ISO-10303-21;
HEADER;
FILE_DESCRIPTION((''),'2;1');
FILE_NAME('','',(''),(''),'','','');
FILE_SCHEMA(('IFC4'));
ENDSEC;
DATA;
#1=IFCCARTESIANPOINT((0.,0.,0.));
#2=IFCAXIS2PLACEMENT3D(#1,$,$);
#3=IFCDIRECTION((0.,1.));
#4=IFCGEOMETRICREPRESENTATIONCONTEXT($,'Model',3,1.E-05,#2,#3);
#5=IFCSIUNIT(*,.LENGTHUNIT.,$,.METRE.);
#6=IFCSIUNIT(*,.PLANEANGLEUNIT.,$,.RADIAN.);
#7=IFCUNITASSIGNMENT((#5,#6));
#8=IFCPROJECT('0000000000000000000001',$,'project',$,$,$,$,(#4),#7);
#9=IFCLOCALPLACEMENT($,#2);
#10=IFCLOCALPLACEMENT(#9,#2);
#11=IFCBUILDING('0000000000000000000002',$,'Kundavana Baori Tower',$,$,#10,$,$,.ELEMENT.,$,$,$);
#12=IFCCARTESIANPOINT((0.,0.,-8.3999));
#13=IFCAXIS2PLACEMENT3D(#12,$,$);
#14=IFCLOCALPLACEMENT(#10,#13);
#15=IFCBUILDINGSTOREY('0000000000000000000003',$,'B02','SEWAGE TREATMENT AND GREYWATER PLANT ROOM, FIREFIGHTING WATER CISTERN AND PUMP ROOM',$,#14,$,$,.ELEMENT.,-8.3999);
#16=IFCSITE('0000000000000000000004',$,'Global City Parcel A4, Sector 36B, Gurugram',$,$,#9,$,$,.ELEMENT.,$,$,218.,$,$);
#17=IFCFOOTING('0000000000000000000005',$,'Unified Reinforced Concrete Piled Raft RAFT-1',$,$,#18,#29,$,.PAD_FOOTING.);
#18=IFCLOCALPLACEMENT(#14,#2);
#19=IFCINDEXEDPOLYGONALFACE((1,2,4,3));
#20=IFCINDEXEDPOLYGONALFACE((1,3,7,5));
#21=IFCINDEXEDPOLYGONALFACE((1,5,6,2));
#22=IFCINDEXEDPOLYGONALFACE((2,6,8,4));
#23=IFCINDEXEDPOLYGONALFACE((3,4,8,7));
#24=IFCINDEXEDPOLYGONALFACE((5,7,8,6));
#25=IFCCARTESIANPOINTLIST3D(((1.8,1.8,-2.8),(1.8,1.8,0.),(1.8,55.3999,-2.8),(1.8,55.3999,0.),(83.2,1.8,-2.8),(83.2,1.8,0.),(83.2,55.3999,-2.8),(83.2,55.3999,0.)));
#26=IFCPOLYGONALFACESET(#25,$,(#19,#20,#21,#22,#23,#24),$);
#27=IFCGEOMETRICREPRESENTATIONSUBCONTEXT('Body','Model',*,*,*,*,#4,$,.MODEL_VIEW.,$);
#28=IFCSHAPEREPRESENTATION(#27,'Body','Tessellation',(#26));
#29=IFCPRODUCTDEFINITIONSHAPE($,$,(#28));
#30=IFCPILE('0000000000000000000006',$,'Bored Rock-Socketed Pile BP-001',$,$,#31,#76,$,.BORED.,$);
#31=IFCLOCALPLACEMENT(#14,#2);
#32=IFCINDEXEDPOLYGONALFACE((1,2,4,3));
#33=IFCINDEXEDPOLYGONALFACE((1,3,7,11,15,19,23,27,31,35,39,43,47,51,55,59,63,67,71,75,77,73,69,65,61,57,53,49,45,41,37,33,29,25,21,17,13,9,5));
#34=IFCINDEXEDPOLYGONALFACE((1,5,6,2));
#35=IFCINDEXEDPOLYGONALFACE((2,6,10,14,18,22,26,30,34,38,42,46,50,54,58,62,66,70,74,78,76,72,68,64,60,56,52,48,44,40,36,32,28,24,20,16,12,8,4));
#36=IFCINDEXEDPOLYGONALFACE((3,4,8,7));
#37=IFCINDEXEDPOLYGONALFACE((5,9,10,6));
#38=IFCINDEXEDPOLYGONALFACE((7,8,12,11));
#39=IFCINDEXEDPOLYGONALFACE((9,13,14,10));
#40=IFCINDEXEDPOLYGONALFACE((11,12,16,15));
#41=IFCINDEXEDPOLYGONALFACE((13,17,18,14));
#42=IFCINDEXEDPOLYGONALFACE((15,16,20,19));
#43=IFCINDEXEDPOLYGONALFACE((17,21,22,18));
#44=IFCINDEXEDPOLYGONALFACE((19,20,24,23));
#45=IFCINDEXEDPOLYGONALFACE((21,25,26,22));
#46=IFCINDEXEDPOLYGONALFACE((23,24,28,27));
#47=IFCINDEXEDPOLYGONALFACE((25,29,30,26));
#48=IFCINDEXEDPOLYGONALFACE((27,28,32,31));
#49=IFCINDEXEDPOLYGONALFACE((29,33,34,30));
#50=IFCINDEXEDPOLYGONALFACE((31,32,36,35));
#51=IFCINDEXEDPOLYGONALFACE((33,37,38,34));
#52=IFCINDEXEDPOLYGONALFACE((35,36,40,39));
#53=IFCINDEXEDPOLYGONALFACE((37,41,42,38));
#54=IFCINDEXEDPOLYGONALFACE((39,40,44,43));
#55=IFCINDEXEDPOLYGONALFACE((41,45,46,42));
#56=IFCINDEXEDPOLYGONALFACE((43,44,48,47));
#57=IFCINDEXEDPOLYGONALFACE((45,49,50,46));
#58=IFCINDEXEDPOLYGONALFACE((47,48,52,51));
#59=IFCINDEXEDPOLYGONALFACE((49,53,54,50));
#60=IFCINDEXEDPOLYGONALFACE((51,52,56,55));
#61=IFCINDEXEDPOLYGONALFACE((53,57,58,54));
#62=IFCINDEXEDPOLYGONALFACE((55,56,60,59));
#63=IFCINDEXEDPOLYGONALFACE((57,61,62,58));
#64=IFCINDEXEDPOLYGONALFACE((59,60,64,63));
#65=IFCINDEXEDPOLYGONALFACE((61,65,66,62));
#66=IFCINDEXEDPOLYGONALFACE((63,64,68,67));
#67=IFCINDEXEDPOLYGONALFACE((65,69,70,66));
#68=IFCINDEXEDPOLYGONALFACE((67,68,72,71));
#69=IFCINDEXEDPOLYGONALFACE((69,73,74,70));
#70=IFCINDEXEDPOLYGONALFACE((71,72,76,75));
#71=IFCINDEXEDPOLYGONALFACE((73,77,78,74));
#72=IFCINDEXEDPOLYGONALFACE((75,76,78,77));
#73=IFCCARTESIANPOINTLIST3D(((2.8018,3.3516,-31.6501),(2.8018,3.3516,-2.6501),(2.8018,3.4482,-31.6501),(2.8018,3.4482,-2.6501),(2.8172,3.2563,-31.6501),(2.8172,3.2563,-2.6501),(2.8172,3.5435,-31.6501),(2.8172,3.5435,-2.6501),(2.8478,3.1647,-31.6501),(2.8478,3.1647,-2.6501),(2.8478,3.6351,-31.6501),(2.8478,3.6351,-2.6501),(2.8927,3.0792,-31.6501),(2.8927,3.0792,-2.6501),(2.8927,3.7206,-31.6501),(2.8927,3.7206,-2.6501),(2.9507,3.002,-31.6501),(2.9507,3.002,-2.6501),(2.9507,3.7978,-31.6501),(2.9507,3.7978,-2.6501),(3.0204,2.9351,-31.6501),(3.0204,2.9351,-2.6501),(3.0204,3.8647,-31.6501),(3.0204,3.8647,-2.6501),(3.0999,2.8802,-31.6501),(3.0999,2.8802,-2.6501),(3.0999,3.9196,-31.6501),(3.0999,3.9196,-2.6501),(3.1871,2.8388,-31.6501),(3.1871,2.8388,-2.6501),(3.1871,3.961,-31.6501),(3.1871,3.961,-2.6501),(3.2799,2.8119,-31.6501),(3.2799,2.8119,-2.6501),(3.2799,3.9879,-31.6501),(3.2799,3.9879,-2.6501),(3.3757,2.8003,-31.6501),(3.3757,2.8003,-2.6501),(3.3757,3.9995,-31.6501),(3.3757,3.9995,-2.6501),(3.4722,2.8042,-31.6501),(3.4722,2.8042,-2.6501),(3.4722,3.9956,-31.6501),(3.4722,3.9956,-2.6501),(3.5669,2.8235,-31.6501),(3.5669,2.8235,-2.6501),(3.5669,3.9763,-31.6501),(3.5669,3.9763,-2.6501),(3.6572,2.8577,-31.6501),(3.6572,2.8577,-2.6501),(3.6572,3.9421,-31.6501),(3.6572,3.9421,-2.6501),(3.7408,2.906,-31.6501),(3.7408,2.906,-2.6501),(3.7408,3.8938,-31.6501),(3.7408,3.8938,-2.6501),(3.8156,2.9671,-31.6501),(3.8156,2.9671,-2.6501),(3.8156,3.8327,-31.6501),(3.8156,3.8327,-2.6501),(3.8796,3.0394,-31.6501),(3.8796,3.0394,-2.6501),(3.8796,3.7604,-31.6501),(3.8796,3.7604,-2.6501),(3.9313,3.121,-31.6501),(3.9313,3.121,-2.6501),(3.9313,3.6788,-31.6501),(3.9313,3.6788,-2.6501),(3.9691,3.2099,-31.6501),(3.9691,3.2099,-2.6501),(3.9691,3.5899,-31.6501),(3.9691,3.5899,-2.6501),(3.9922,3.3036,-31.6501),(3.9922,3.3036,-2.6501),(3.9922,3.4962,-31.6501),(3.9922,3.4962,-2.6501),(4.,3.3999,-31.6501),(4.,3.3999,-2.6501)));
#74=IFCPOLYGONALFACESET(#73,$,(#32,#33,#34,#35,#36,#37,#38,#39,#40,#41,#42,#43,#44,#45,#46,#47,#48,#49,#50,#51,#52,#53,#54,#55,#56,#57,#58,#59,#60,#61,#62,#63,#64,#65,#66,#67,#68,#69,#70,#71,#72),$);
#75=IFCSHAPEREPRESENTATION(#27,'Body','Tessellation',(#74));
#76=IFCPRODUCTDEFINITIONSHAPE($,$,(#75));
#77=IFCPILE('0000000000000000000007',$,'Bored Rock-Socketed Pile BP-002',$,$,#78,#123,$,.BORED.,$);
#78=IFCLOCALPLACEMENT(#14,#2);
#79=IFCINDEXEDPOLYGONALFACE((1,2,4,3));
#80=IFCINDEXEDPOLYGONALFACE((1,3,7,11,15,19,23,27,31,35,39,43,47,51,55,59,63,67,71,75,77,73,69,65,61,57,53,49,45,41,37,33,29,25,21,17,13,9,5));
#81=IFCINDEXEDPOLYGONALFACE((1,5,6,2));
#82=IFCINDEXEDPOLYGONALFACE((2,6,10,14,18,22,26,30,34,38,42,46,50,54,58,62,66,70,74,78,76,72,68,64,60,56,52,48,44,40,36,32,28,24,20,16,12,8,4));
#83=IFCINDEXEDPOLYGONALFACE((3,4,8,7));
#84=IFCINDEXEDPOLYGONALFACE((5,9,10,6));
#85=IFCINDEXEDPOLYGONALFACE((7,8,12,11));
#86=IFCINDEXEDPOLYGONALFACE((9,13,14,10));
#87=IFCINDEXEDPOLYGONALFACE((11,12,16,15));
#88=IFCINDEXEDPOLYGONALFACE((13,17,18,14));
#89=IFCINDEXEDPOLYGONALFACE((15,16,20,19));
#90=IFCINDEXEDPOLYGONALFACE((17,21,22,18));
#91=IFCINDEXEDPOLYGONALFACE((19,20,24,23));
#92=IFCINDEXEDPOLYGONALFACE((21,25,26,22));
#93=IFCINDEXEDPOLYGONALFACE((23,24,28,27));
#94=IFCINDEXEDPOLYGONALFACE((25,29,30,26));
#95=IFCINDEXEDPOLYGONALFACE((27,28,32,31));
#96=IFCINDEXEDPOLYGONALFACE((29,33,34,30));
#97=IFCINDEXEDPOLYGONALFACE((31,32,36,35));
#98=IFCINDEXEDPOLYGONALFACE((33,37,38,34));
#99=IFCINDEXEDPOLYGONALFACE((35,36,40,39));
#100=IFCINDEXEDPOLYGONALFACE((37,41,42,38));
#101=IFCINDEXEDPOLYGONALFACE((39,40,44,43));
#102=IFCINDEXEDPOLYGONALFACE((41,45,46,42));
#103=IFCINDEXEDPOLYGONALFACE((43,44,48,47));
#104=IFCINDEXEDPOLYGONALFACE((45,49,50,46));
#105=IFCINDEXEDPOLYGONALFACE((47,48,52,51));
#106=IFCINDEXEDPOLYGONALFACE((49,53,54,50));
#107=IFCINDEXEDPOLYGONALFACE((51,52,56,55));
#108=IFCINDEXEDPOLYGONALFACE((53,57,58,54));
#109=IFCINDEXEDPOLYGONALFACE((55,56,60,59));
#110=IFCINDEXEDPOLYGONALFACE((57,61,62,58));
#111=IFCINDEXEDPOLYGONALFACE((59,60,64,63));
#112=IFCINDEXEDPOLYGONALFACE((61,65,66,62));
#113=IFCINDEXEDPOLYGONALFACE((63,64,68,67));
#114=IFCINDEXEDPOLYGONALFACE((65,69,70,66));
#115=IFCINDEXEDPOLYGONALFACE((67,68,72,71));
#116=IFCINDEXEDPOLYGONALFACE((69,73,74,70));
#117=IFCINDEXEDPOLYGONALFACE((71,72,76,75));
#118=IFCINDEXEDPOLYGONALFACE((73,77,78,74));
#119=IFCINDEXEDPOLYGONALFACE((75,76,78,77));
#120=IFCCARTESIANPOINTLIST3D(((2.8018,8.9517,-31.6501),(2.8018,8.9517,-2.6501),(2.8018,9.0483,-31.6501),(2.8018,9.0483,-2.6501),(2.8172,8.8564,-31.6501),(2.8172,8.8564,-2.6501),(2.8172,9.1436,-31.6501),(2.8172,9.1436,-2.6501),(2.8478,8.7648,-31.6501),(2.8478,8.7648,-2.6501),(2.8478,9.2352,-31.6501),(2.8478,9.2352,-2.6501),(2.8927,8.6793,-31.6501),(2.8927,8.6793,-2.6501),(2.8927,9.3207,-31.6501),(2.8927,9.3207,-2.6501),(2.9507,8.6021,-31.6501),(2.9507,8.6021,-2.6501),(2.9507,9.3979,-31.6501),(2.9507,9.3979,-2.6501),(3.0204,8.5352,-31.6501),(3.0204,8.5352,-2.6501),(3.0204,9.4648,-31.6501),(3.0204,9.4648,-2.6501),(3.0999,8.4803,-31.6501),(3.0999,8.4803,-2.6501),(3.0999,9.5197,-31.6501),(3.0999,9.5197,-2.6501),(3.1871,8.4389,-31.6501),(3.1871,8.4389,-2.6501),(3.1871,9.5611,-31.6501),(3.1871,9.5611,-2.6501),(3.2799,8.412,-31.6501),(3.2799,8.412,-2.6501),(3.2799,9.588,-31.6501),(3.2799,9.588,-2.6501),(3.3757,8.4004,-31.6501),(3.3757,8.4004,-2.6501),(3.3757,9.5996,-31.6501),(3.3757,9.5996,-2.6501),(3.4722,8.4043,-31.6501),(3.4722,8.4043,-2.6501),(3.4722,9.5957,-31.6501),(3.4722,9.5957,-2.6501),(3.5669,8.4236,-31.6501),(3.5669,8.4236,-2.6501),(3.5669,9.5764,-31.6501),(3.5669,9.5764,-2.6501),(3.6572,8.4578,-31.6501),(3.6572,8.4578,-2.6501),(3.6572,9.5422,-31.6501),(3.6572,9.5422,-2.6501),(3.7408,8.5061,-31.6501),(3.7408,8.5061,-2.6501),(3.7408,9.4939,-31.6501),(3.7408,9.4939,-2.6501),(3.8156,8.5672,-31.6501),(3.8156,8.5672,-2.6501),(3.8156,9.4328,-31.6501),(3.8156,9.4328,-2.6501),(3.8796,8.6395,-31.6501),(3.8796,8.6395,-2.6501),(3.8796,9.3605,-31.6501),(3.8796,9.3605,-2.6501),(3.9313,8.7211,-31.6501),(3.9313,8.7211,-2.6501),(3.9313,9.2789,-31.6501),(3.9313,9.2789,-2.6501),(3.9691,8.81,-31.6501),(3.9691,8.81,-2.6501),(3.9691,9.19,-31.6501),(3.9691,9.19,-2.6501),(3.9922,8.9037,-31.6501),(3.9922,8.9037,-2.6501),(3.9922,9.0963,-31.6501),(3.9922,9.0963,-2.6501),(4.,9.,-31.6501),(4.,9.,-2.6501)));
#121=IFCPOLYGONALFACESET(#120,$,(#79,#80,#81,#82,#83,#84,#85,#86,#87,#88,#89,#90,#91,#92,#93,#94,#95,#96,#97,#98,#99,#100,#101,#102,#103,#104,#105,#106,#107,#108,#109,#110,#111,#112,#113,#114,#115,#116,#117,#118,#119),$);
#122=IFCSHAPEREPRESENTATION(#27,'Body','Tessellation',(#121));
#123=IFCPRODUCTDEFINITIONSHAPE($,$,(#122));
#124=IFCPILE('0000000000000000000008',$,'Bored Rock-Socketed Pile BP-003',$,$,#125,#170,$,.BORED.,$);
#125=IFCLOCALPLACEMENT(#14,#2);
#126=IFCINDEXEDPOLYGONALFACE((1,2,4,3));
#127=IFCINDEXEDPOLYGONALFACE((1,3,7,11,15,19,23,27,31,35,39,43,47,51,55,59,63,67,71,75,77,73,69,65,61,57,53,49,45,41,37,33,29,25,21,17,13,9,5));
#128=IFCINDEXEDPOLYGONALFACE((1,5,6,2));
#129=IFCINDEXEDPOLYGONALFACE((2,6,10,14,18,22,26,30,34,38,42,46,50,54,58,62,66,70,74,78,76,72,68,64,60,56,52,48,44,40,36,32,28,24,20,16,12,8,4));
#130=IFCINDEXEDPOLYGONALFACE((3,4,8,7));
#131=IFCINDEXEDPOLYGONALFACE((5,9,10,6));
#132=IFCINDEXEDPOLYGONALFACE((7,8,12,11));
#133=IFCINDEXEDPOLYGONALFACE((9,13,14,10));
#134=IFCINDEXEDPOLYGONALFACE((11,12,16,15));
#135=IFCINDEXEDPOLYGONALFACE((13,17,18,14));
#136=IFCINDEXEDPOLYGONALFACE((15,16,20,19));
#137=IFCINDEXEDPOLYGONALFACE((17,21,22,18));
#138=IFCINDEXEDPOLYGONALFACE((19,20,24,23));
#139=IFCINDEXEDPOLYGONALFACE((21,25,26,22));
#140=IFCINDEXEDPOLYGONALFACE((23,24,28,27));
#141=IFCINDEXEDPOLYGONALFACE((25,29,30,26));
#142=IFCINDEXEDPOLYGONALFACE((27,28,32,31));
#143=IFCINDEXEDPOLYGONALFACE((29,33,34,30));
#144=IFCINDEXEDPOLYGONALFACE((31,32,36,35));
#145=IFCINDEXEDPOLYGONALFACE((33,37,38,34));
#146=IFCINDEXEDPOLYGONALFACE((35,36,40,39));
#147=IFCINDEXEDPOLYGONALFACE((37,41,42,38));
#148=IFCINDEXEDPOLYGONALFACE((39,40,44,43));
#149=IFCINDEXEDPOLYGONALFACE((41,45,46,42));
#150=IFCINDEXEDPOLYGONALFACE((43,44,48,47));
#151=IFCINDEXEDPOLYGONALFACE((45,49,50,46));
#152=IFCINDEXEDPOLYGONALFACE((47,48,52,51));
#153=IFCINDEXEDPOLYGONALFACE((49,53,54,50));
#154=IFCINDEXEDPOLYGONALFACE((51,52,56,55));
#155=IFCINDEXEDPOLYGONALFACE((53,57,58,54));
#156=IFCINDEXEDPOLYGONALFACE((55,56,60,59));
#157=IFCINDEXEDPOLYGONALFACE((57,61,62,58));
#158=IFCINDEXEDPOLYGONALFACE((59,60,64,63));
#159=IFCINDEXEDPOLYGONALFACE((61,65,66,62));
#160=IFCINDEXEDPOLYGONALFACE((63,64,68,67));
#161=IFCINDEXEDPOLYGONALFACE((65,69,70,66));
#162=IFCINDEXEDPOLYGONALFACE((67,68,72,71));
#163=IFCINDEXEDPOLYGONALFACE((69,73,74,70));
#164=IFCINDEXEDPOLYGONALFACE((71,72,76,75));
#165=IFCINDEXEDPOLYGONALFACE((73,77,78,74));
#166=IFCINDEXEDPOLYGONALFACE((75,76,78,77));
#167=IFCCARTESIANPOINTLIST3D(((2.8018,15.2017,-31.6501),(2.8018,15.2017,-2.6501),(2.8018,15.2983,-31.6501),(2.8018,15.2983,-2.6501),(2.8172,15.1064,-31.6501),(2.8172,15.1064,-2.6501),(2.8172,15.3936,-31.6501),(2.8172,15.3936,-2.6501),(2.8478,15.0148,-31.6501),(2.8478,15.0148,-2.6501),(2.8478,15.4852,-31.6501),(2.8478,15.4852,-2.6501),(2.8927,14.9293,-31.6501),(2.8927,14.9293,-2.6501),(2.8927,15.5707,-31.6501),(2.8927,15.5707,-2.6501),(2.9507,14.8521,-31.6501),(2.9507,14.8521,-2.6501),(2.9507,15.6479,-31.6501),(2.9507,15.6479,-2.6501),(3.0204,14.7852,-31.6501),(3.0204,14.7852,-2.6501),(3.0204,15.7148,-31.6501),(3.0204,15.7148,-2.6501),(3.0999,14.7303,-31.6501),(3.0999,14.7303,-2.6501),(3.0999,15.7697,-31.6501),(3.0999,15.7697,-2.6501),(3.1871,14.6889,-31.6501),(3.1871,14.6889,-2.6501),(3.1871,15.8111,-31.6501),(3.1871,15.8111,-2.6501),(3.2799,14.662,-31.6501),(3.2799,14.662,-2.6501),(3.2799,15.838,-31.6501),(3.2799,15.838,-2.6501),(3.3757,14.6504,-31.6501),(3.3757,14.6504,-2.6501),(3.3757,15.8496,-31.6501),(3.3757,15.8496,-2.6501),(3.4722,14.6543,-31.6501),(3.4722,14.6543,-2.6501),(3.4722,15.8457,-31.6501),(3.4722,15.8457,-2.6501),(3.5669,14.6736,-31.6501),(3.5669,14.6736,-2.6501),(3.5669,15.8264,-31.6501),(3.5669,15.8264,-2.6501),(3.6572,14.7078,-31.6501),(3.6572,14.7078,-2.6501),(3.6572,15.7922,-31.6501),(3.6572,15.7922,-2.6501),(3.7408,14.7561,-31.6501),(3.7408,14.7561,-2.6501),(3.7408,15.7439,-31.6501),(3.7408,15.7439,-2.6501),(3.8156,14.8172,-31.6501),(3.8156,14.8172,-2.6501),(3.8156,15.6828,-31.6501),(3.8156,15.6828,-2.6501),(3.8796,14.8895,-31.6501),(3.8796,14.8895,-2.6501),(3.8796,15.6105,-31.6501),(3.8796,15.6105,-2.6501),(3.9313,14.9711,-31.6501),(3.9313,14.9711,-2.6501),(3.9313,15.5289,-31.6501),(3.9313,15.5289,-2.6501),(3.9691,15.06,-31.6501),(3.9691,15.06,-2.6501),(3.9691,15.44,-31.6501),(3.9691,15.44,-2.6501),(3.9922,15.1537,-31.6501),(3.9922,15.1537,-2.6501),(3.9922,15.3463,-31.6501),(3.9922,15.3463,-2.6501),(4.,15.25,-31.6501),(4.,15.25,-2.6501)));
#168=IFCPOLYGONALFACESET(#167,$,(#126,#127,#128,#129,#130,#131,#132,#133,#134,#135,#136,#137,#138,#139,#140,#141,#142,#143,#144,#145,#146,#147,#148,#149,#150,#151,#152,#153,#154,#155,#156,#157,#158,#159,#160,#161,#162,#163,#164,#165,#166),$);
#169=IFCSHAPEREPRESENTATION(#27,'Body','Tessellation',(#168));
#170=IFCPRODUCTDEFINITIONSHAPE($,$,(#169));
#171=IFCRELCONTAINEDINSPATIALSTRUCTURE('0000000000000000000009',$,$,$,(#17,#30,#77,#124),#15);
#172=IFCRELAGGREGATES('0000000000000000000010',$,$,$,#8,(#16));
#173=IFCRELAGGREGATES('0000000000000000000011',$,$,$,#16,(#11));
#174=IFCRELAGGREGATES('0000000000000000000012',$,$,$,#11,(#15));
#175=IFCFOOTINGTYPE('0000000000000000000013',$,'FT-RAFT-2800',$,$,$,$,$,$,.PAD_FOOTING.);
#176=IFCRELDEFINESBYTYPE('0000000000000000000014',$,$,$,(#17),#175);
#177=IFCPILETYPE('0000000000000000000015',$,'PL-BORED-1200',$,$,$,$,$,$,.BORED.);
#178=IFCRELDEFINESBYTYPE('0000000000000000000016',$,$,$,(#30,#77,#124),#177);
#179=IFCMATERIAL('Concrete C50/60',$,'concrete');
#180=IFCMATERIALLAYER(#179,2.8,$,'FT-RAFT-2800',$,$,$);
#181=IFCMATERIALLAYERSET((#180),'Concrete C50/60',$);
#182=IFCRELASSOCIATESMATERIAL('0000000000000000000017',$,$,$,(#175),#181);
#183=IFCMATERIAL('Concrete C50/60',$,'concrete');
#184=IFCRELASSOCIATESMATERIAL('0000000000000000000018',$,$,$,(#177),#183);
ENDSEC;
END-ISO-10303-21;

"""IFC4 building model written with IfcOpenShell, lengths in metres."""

from ifc_helpers import new_model, si_unit, direction, frame, origin, origin_2d, place, context, subcontext, project, spatial, polyline, circle, outline, extrude, material, layer, layer_set, material_profile, profile_set, type_object, element, save


model = new_model("IFC4")

# Units and contexts
model_context = context("Model", 3, precision=1e-05, world=origin(), true_north=direction((0.0, 1.0)))
body_context = subcontext(model_context, "Body", "Model", "MODEL_VIEW")
ifc_project = project(units=[si_unit("LENGTHUNIT", "METRE"), si_unit("PLANEANGLEUNIT", "RADIAN")], contexts=[model_context])

# Site, building, storey
site_placement = place(None, origin())
site = spatial("IfcSite", under=ifc_project, at=site_placement, Name="Global City Parcel A4, Sector 36B, Gurugram", CompositionType="ELEMENT", RefElevation=218.0)
building_placement = place(site_placement, origin())
building = spatial("IfcBuilding", under=site, at=building_placement, Name="Kundavana Baori Tower", CompositionType="ELEMENT")
storey_placement = place(building_placement, frame((0.0, 0.0, -8.3999)))
storey = spatial("IfcBuildingStorey", under=building, at=storey_placement, Name="B02", Description="SEWAGE TREATMENT AND GREYWATER PLANT ROOM, FIREFIGHTING WATER CISTERN AND PUMP ROOM", CompositionType="ELEMENT", Elevation=-8.3999)

# Footing
ifc_material_1 = material(Name="Concrete C50/60", Category="concrete")
ifc_layer_1 = layer(ifc_material_1, 2.8, Name="FT-RAFT-2800")
ifc_layer_set_1 = layer_set([ifc_layer_1], Name="Concrete C50/60")
footing_type = type_object("IfcFootingType", Name="FT-RAFT-2800", PredefinedType="PAD_FOOTING", material=ifc_layer_set_1)
footing_placement = place(storey_placement, frame((0.0, 0.0, -2.8)))
element("IfcFooting", 1, at=footing_placement, inside=storey, type_object=footing_type, Name="Unified Reinforced Concrete Piled Raft RAFT-1", PredefinedType="PAD_FOOTING", context=body_context, shape_type="SweptSolid", body=[
    extrude(outline(polyline([(1.8, 1.8), (83.2, 1.8), (83.2, 55.3999), (1.8, 55.3999), (1.8, 1.8)])), origin(), (0.0, 0.0, 1.0), 2.8),
])

# Piles
ifc_material_2 = material(Name="Concrete C50/60", Category="concrete")
ifc_material_profile_1 = material_profile(ifc_material_2, circle(Radius=0.6001, at=origin_2d()), Name="BORED PILE D1200")
ifc_profile_set_1 = profile_set([ifc_material_profile_1], Name="Concrete C50/60")
pile_type_1 = type_object("IfcPileType", Name="PL-BORED-1200", PredefinedType="BORED", material=ifc_profile_set_1)
for number, where, z_axis, x_axis, name in (
    (2, (3.3999, 3.3999, -2.6501), (0.0, 0.0, -1.0), (1.0, 0.0, 0.0), "Bored Rock-Socketed Pile BP-001"),
    (3, (3.3999, 9.0, -2.6501), (0.0, 0.0, -1.0), (1.0, 0.0, 0.0), "Bored Rock-Socketed Pile BP-002"),
    (4, (3.3999, 15.25, -2.6501), (0.0, 0.0, -1.0), (1.0, 0.0, 0.0), "Bored Rock-Socketed Pile BP-003"),
):
    element("IfcPile", number, at=place(storey_placement, frame(where, z_axis=z_axis, x_axis=x_axis)), inside=storey, type_object=pile_type_1, Name=name, PredefinedType="BORED", context=body_context, shape_type="SweptSolid", body=[
        extrude(circle(Radius=0.6001, at=origin_2d()), origin(), (0.0, 0.0, 1.0), 29.0),
    ])

save(model, "model.ifc")
